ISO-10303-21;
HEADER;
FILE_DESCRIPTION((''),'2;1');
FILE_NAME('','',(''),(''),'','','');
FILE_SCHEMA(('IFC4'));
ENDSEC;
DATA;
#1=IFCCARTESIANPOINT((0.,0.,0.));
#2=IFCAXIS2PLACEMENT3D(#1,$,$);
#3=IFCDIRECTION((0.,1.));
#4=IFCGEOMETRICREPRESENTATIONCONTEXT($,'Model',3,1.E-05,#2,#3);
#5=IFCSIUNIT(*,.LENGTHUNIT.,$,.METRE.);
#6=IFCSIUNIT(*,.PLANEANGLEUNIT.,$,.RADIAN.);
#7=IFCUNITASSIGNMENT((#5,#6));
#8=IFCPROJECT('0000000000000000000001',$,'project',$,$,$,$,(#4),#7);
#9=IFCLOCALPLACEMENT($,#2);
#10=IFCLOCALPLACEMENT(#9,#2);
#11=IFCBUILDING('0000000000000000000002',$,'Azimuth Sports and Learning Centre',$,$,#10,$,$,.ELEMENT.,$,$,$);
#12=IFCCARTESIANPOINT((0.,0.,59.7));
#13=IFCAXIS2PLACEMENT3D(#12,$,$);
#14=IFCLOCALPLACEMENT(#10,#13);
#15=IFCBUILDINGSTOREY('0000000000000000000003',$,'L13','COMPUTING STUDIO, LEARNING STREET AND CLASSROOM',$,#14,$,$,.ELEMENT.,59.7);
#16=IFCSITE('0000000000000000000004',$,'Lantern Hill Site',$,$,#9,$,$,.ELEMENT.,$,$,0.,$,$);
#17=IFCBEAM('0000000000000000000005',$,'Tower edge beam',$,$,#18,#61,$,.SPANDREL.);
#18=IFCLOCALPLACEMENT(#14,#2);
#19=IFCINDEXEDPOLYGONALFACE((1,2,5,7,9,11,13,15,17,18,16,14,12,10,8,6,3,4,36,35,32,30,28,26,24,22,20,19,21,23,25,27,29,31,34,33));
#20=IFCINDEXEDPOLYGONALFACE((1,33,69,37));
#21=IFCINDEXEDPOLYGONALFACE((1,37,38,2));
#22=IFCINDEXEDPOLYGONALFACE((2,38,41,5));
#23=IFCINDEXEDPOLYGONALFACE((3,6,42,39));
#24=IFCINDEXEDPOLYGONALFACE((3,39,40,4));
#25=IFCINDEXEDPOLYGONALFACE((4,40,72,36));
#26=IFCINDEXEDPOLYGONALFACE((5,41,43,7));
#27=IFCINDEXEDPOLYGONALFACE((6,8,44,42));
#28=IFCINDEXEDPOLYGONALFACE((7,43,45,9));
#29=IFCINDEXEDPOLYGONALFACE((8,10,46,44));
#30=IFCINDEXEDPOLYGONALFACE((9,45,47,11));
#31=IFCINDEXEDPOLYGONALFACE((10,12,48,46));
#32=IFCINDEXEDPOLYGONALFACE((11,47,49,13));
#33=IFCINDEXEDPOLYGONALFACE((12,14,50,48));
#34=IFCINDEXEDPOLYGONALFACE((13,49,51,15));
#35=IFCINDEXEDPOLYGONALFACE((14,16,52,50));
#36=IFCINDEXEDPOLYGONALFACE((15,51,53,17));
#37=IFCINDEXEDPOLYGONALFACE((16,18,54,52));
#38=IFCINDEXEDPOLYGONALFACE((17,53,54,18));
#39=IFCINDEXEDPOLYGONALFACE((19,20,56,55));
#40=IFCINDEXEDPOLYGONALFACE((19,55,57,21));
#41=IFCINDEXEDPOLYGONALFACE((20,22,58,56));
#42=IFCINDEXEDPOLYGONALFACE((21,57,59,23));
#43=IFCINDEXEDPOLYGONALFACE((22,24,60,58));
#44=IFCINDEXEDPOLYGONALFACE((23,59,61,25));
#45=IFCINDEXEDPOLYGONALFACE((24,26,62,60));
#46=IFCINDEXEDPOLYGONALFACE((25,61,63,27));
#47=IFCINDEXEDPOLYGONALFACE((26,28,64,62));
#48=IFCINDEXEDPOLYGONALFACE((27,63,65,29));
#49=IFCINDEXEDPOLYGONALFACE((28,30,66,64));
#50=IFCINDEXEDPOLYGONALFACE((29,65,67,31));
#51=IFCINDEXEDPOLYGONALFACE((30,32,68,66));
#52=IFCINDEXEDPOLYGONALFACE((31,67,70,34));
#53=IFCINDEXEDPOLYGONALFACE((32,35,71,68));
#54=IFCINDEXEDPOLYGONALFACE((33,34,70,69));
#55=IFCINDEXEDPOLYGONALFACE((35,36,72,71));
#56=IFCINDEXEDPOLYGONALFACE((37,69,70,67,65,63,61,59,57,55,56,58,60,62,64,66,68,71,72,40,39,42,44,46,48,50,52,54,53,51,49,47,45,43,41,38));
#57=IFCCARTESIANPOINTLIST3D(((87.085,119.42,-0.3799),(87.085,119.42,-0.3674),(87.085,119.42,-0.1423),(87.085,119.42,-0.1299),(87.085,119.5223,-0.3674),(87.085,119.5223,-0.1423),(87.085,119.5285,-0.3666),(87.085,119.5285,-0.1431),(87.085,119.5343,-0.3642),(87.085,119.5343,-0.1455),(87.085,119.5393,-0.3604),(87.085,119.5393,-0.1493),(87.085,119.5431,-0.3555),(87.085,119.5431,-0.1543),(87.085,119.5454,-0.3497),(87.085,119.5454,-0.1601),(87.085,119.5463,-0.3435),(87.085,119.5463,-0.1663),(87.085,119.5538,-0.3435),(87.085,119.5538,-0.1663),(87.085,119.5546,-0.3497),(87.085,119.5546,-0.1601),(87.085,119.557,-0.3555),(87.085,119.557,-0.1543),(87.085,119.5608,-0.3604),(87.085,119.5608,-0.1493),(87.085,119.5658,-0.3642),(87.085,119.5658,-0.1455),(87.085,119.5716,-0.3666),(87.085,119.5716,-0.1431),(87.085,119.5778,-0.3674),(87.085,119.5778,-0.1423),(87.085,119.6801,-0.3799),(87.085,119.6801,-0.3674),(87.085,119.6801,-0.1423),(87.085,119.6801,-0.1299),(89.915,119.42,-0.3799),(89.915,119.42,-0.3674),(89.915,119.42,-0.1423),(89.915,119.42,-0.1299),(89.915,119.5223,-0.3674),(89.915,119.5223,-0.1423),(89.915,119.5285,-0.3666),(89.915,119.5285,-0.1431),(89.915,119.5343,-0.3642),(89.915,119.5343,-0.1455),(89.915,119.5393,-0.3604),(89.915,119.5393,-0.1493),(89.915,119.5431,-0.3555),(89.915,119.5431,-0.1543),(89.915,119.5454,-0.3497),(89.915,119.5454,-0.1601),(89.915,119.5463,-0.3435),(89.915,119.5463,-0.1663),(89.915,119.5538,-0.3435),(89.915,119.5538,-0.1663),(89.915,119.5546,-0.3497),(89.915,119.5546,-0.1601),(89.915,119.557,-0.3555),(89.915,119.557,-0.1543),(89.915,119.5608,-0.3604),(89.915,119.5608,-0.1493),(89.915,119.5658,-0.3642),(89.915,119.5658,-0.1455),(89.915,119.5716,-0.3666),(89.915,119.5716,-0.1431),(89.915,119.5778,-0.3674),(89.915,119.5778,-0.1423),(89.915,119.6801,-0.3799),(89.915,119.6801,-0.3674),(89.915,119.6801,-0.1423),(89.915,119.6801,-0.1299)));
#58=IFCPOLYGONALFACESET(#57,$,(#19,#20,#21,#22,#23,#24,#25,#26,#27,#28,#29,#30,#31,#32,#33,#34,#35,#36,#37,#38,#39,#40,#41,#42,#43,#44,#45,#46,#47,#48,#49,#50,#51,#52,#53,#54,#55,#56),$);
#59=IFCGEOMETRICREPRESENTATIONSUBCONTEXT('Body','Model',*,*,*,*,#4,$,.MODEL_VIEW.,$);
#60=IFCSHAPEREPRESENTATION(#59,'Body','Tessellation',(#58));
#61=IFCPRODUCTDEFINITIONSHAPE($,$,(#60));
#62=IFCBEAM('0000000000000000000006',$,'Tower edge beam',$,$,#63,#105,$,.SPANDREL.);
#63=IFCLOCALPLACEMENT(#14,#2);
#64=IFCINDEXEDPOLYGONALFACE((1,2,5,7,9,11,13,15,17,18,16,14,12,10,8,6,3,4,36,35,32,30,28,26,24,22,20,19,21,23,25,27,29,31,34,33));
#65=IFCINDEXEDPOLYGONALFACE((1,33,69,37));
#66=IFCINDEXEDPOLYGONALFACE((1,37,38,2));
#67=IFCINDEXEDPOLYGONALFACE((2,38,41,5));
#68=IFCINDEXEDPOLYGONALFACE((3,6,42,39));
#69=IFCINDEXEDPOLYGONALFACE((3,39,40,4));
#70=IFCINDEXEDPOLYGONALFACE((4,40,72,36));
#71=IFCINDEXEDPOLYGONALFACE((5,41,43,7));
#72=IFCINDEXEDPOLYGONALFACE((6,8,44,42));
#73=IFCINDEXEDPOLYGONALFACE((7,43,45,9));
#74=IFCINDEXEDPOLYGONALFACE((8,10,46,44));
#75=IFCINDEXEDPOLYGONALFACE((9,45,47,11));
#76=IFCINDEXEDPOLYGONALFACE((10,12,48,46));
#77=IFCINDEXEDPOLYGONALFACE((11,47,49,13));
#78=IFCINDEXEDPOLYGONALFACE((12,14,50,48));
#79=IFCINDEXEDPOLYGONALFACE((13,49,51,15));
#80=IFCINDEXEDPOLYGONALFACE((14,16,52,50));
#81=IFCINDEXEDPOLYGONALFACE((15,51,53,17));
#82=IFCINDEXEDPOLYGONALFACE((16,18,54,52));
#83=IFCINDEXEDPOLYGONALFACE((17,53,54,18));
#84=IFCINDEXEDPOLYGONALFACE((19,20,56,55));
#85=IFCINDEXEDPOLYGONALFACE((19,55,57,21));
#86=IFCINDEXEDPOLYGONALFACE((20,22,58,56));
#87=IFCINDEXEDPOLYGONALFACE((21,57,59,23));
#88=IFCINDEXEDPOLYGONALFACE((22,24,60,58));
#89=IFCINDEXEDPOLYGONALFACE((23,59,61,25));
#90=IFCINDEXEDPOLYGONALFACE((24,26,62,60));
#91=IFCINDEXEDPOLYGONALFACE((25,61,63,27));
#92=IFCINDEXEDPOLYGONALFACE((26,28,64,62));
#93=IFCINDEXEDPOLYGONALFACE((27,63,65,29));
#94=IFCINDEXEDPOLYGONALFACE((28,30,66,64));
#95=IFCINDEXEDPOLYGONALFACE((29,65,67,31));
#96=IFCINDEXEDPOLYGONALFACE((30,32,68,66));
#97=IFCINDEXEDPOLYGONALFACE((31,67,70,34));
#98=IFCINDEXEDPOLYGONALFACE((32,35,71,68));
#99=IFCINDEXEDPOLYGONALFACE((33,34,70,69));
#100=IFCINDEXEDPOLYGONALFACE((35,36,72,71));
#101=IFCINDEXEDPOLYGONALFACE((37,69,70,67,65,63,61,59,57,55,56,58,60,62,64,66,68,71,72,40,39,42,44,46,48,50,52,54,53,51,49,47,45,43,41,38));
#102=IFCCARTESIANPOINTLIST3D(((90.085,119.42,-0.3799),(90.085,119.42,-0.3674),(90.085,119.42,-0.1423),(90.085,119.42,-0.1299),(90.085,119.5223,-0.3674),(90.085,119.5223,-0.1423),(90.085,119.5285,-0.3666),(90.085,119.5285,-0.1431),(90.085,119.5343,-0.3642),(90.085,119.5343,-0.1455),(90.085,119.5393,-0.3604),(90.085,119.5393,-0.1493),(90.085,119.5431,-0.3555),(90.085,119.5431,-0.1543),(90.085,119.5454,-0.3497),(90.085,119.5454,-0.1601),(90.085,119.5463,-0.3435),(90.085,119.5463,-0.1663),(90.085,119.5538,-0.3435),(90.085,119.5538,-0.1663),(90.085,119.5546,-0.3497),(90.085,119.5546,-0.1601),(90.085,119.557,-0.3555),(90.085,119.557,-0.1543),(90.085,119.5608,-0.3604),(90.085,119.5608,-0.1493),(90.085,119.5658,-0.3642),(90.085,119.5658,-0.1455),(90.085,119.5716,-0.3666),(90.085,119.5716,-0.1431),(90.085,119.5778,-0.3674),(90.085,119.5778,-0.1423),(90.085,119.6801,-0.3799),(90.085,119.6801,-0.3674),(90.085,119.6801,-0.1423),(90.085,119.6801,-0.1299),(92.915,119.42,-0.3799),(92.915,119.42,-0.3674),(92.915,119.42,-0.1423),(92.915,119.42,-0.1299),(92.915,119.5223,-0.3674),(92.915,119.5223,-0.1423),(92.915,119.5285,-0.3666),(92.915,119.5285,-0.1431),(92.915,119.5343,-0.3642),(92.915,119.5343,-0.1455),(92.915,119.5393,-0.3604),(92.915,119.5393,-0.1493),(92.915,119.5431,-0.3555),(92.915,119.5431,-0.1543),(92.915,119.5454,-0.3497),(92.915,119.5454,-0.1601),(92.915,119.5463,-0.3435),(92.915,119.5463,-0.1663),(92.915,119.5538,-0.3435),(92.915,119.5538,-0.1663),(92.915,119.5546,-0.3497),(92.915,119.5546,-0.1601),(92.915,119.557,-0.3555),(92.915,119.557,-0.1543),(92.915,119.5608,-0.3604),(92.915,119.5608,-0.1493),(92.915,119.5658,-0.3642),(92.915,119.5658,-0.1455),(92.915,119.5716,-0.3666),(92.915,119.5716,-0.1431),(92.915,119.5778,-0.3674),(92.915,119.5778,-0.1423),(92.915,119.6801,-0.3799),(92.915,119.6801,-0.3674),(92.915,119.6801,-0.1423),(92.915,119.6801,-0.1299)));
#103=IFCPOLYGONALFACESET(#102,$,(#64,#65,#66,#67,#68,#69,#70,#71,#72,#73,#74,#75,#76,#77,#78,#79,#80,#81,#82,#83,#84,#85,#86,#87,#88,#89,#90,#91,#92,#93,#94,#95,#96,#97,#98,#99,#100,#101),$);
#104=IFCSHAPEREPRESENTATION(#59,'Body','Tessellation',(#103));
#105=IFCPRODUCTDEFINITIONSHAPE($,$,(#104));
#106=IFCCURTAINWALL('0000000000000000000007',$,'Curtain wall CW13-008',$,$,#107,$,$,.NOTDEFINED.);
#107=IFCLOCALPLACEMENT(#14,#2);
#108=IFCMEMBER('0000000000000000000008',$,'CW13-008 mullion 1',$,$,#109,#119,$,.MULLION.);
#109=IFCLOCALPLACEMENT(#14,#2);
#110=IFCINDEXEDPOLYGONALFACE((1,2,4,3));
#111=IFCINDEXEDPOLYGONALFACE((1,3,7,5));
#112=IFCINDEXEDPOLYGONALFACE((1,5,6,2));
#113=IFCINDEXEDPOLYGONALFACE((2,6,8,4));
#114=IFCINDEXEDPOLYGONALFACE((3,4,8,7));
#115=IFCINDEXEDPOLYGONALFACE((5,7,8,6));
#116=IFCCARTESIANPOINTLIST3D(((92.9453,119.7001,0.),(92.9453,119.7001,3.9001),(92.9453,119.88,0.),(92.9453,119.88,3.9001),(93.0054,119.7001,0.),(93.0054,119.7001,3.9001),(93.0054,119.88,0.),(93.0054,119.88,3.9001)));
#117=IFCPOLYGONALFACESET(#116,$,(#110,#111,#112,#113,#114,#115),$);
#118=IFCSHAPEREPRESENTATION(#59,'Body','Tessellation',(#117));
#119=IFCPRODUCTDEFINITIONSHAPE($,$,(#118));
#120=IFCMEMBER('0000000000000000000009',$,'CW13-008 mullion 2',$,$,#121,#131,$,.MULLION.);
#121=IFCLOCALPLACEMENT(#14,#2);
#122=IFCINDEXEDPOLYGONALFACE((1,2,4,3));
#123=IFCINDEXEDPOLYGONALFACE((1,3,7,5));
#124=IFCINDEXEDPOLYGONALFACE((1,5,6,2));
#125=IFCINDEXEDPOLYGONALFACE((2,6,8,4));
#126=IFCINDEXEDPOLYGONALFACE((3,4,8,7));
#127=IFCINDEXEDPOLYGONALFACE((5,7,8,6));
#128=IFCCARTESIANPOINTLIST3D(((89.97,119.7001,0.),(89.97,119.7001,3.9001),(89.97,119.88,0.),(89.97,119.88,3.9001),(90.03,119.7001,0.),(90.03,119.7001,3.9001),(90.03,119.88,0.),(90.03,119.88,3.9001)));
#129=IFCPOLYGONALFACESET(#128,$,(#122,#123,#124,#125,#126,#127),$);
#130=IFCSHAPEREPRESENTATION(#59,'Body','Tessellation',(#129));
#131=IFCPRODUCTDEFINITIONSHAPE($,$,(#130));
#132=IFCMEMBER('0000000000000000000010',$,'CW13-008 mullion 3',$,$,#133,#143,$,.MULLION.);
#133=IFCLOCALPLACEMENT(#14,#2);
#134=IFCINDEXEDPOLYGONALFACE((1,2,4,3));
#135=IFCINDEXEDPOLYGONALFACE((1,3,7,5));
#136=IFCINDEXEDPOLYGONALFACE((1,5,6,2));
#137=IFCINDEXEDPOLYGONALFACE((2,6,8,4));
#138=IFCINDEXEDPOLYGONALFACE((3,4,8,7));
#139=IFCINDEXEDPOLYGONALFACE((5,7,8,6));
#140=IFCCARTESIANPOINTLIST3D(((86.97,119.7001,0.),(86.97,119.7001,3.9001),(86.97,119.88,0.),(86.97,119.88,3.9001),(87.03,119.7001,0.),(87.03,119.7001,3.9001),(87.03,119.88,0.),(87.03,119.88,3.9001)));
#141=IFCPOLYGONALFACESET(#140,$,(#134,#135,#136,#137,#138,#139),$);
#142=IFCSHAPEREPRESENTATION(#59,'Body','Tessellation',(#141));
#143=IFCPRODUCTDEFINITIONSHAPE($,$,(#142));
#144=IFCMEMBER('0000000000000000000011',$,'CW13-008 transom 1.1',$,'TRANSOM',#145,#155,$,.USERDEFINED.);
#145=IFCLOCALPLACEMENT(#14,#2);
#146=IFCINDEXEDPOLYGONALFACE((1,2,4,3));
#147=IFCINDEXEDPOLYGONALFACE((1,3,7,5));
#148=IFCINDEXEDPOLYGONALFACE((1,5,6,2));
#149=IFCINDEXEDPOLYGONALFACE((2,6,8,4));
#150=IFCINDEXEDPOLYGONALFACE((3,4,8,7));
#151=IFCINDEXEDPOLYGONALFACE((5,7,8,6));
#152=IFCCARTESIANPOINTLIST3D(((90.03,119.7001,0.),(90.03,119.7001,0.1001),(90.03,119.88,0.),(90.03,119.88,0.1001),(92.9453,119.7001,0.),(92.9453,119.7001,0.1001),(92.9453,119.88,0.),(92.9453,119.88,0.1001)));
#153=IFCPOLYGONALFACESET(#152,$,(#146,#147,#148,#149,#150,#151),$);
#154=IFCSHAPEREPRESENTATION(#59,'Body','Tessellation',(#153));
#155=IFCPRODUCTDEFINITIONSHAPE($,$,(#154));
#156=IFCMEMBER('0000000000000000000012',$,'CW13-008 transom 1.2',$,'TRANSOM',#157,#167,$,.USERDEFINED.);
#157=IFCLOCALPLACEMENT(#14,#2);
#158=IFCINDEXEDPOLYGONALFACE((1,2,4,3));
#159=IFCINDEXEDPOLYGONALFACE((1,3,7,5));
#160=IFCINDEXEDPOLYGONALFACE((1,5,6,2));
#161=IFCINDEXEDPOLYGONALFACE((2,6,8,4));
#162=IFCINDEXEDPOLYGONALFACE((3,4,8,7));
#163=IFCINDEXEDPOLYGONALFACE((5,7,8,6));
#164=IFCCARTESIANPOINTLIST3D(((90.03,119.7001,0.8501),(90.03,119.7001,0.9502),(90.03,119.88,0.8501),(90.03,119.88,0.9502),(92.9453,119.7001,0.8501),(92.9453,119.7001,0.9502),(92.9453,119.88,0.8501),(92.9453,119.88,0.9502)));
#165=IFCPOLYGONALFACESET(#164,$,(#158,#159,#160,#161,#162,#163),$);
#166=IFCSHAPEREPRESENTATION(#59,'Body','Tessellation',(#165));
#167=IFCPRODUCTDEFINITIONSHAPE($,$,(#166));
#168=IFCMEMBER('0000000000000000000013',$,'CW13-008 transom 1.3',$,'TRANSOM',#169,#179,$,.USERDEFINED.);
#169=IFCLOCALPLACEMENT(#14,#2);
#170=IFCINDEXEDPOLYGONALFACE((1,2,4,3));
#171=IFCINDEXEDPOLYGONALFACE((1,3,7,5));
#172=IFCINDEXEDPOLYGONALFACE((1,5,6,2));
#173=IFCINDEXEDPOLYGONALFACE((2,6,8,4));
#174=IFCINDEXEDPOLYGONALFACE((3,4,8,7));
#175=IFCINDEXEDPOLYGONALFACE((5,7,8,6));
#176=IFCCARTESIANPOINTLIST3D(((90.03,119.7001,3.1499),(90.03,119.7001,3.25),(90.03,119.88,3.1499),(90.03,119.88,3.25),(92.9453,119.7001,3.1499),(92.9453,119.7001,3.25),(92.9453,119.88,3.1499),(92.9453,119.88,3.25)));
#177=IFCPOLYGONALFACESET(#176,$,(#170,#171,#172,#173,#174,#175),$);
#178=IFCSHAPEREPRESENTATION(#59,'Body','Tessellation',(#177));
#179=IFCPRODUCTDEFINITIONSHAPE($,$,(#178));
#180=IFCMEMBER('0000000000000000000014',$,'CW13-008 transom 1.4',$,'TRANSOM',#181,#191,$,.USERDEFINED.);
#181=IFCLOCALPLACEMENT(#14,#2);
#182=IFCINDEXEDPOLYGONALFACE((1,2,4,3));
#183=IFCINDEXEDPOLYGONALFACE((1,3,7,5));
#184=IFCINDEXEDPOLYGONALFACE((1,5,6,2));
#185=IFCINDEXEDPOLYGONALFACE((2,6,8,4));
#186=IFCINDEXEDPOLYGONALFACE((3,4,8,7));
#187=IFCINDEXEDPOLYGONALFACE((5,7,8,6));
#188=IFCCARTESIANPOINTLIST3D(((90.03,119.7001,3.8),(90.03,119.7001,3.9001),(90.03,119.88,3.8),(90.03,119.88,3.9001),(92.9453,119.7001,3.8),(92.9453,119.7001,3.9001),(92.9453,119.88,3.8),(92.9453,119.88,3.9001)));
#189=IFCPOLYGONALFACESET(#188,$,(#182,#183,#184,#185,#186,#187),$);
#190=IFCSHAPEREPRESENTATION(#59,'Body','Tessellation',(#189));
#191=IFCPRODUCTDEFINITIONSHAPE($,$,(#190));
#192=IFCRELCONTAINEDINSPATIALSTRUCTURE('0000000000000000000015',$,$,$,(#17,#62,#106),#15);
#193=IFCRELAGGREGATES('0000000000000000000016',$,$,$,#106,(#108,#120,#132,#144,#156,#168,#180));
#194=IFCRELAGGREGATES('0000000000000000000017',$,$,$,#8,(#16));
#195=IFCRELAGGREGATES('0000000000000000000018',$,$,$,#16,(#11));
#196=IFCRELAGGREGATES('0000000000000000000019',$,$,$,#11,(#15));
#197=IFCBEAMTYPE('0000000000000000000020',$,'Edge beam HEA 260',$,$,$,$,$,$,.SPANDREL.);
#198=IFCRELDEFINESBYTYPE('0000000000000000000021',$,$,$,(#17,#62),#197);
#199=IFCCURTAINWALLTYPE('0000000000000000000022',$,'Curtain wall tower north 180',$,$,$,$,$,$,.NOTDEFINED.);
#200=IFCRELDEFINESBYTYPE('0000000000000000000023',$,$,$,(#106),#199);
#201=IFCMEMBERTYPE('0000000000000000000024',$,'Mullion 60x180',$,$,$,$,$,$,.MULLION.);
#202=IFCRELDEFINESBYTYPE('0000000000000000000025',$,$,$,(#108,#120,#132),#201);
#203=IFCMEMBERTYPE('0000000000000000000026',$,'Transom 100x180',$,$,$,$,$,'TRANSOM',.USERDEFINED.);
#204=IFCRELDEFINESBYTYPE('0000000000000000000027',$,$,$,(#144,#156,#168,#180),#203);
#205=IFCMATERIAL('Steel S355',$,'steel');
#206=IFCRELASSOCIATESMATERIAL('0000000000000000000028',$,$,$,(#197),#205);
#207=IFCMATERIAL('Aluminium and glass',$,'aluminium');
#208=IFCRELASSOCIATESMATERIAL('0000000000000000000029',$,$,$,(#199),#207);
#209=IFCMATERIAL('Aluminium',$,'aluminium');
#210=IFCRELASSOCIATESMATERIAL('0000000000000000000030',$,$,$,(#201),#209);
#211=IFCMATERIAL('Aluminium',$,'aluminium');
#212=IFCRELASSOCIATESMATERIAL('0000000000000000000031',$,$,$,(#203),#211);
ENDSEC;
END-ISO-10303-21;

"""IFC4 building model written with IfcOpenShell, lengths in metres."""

from ifc_helpers import new_model, si_unit, direction, frame, origin, origin_2d, place, context, subcontext, project, spatial, rectangle, i_section, extrude, material, material_profile, profile_set, type_object, element, aggregate, save


model = new_model("IFC4")

# Units and contexts
model_context = context("Model", 3, precision=1e-05, world=origin(), true_north=direction((0.0, 1.0)))
body_context = subcontext(model_context, "Body", "Model", "MODEL_VIEW")
ifc_project = project(units=[si_unit("LENGTHUNIT", "METRE"), si_unit("PLANEANGLEUNIT", "RADIAN")], contexts=[model_context])

# Site, building, storey
site_placement = place(None, origin())
site = spatial("IfcSite", under=ifc_project, at=site_placement, Name="Lantern Hill Site", CompositionType="ELEMENT", RefElevation=0.0)
building_placement = place(site_placement, origin())
building = spatial("IfcBuilding", under=site, at=building_placement, Name="Azimuth Sports and Learning Centre", CompositionType="ELEMENT")
storey_placement = place(building_placement, frame((0.0, 0.0, 59.7)))
storey = spatial("IfcBuildingStorey", under=building, at=storey_placement, Name="L13", Description="COMPUTING STUDIO, LEARNING STREET AND CLASSROOM", CompositionType="ELEMENT", Elevation=59.7)

# Beams
ifc_material_1 = material(Name="Steel S355", Category="steel")
ifc_material_profile_1 = material_profile(ifc_material_1, i_section(OverallWidth=0.26, OverallDepth=0.25, WebThickness=0.0076, FlangeThickness=0.0125, FilletRadius=0.0239, at=origin_2d()), Name="HEA 260")
ifc_profile_set_1 = profile_set([ifc_material_profile_1], Name="Steel S355")
beam_type = type_object("IfcBeamType", Name="Edge beam HEA 260", PredefinedType="SPANDREL", material=ifc_profile_set_1)
for number, where, z_axis, x_axis, name in (
    (1, (87.085, 119.55, -0.2549), (1.0, 0.0, 0.0), (0.0, 1.0, 0.0), "Tower edge beam"),
    (2, (90.085, 119.55, -0.2549), (1.0, 0.0, 0.0), (0.0, 1.0, 0.0), "Tower edge beam"),
):
    element("IfcBeam", number, at=place(storey_placement, frame(where, z_axis=z_axis, x_axis=x_axis)), inside=storey, type_object=beam_type, Name=name, PredefinedType="SPANDREL", context=body_context, shape_type="SweptSolid", body=[
        extrude(i_section(OverallWidth=0.26, OverallDepth=0.25, WebThickness=0.0076, FlangeThickness=0.0125, FilletRadius=0.0239, at=origin_2d()), origin(), (0.0, 0.0, 1.0), 2.8301),
    ])

# Curtain wall, members
ifc_material_2 = material(Name="Aluminium and glass", Category="aluminium")
curtain_wall_type = type_object("IfcCurtainWallType", Name="Curtain wall tower north 180", PredefinedType="NOTDEFINED", material=ifc_material_2)
curtain_wall_placement = place(storey_placement, origin())
curtain_wall = element("IfcCurtainWall", 3, at=curtain_wall_placement, inside=storey, type_object=curtain_wall_type, Name="Curtain wall CW13-008", PredefinedType="NOTDEFINED")
ifc_material_3 = material(Name="Aluminium", Category="aluminium")
ifc_material_profile_2 = material_profile(ifc_material_3, rectangle(XDim=0.1799, YDim=0.0601, at=origin_2d()), Name="Mullion 60x180")
ifc_profile_set_2 = profile_set([ifc_material_profile_2], Name="Aluminium")
member_type_1 = type_object("IfcMemberType", Name="Mullion 60x180", PredefinedType="MULLION", material=ifc_profile_set_2)
member_1_placement = place(storey_placement, frame((92.9753, 119.79, 0.0), z_axis=(0.0, 0.0, 1.0), x_axis=(0.0, -1.0, 0.0)))
member_1 = element("IfcMember", 4, at=member_1_placement, type_object=member_type_1, Name="CW13-008 mullion 1", PredefinedType="MULLION", context=body_context, shape_type="SweptSolid", body=[
    extrude(rectangle(XDim=0.1799, YDim=0.0601, at=origin_2d()), origin(), (0.0, 0.0, 1.0), 3.9001),
])
member_2_placement = place(storey_placement, frame((90.0, 119.79, 0.0), z_axis=(0.0, 0.0, 1.0), x_axis=(0.0, -1.0, 0.0)))
member_2 = element("IfcMember", 5, at=member_2_placement, type_object=member_type_1, Name="CW13-008 mullion 2", PredefinedType="MULLION", context=body_context, shape_type="SweptSolid", body=[
    extrude(rectangle(XDim=0.1799, YDim=0.0601, at=origin_2d()), origin(), (0.0, 0.0, 1.0), 3.9001),
])
member_3_placement = place(storey_placement, frame((87.0, 119.79, 0.0), z_axis=(0.0, 0.0, 1.0), x_axis=(0.0, -1.0, 0.0)))
member_3 = element("IfcMember", 6, at=member_3_placement, type_object=member_type_1, Name="CW13-008 mullion 3", PredefinedType="MULLION", context=body_context, shape_type="SweptSolid", body=[
    extrude(rectangle(XDim=0.1799, YDim=0.0601, at=origin_2d()), origin(), (0.0, 0.0, 1.0), 3.9001),
])
ifc_material_4 = material(Name="Aluminium", Category="aluminium")
ifc_material_profile_3 = material_profile(ifc_material_4, rectangle(XDim=0.1799, YDim=0.1001, at=origin_2d()), Name="Transom 100x180")
ifc_profile_set_3 = profile_set([ifc_material_profile_3], Name="Aluminium")
member_type_2 = type_object("IfcMemberType", Name="Transom 100x180", ElementType="TRANSOM", PredefinedType="USERDEFINED", material=ifc_profile_set_3)
member_4_placement = place(storey_placement, frame((92.9453, 119.79, 0.05), z_axis=(-1.0, 0.0, 0.0), x_axis=(0.0, -1.0, 0.0)))
member_4 = element("IfcMember", 7, at=member_4_placement, type_object=member_type_2, Name="CW13-008 transom 1.1", ObjectType="TRANSOM", PredefinedType="USERDEFINED", context=body_context, shape_type="SweptSolid", body=[
    extrude(rectangle(XDim=0.1799, YDim=0.1001, at=origin_2d()), origin(), (0.0, 0.0, 1.0), 2.9153),
])
member_5_placement = place(storey_placement, frame((92.9453, 119.79, 0.9001), z_axis=(-1.0, 0.0, 0.0), x_axis=(0.0, -1.0, 0.0)))
member_5 = element("IfcMember", 8, at=member_5_placement, type_object=member_type_2, Name="CW13-008 transom 1.2", ObjectType="TRANSOM", PredefinedType="USERDEFINED", context=body_context, shape_type="SweptSolid", body=[
    extrude(rectangle(XDim=0.1799, YDim=0.1001, at=origin_2d()), origin(), (0.0, 0.0, 1.0), 2.9153),
])
member_6_placement = place(storey_placement, frame((92.9453, 119.79, 3.2), z_axis=(-1.0, 0.0, 0.0), x_axis=(0.0, -1.0, 0.0)))
member_6 = element("IfcMember", 9, at=member_6_placement, type_object=member_type_2, Name="CW13-008 transom 1.3", ObjectType="TRANSOM", PredefinedType="USERDEFINED", context=body_context, shape_type="SweptSolid", body=[
    extrude(rectangle(XDim=0.1799, YDim=0.1001, at=origin_2d()), origin(), (0.0, 0.0, 1.0), 2.9153),
])
member_7_placement = place(storey_placement, frame((92.9453, 119.79, 3.8501), z_axis=(-1.0, 0.0, 0.0), x_axis=(0.0, -1.0, 0.0)))
member_7 = element("IfcMember", 10, at=member_7_placement, type_object=member_type_2, Name="CW13-008 transom 1.4", ObjectType="TRANSOM", PredefinedType="USERDEFINED", context=body_context, shape_type="SweptSolid", body=[
    extrude(rectangle(XDim=0.1799, YDim=0.1001, at=origin_2d()), origin(), (0.0, 0.0, 1.0), 2.9153),
])
aggregate(curtain_wall, [member_1, member_2, member_3, member_4, member_5, member_6, member_7])

save(model, "model.ifc")
